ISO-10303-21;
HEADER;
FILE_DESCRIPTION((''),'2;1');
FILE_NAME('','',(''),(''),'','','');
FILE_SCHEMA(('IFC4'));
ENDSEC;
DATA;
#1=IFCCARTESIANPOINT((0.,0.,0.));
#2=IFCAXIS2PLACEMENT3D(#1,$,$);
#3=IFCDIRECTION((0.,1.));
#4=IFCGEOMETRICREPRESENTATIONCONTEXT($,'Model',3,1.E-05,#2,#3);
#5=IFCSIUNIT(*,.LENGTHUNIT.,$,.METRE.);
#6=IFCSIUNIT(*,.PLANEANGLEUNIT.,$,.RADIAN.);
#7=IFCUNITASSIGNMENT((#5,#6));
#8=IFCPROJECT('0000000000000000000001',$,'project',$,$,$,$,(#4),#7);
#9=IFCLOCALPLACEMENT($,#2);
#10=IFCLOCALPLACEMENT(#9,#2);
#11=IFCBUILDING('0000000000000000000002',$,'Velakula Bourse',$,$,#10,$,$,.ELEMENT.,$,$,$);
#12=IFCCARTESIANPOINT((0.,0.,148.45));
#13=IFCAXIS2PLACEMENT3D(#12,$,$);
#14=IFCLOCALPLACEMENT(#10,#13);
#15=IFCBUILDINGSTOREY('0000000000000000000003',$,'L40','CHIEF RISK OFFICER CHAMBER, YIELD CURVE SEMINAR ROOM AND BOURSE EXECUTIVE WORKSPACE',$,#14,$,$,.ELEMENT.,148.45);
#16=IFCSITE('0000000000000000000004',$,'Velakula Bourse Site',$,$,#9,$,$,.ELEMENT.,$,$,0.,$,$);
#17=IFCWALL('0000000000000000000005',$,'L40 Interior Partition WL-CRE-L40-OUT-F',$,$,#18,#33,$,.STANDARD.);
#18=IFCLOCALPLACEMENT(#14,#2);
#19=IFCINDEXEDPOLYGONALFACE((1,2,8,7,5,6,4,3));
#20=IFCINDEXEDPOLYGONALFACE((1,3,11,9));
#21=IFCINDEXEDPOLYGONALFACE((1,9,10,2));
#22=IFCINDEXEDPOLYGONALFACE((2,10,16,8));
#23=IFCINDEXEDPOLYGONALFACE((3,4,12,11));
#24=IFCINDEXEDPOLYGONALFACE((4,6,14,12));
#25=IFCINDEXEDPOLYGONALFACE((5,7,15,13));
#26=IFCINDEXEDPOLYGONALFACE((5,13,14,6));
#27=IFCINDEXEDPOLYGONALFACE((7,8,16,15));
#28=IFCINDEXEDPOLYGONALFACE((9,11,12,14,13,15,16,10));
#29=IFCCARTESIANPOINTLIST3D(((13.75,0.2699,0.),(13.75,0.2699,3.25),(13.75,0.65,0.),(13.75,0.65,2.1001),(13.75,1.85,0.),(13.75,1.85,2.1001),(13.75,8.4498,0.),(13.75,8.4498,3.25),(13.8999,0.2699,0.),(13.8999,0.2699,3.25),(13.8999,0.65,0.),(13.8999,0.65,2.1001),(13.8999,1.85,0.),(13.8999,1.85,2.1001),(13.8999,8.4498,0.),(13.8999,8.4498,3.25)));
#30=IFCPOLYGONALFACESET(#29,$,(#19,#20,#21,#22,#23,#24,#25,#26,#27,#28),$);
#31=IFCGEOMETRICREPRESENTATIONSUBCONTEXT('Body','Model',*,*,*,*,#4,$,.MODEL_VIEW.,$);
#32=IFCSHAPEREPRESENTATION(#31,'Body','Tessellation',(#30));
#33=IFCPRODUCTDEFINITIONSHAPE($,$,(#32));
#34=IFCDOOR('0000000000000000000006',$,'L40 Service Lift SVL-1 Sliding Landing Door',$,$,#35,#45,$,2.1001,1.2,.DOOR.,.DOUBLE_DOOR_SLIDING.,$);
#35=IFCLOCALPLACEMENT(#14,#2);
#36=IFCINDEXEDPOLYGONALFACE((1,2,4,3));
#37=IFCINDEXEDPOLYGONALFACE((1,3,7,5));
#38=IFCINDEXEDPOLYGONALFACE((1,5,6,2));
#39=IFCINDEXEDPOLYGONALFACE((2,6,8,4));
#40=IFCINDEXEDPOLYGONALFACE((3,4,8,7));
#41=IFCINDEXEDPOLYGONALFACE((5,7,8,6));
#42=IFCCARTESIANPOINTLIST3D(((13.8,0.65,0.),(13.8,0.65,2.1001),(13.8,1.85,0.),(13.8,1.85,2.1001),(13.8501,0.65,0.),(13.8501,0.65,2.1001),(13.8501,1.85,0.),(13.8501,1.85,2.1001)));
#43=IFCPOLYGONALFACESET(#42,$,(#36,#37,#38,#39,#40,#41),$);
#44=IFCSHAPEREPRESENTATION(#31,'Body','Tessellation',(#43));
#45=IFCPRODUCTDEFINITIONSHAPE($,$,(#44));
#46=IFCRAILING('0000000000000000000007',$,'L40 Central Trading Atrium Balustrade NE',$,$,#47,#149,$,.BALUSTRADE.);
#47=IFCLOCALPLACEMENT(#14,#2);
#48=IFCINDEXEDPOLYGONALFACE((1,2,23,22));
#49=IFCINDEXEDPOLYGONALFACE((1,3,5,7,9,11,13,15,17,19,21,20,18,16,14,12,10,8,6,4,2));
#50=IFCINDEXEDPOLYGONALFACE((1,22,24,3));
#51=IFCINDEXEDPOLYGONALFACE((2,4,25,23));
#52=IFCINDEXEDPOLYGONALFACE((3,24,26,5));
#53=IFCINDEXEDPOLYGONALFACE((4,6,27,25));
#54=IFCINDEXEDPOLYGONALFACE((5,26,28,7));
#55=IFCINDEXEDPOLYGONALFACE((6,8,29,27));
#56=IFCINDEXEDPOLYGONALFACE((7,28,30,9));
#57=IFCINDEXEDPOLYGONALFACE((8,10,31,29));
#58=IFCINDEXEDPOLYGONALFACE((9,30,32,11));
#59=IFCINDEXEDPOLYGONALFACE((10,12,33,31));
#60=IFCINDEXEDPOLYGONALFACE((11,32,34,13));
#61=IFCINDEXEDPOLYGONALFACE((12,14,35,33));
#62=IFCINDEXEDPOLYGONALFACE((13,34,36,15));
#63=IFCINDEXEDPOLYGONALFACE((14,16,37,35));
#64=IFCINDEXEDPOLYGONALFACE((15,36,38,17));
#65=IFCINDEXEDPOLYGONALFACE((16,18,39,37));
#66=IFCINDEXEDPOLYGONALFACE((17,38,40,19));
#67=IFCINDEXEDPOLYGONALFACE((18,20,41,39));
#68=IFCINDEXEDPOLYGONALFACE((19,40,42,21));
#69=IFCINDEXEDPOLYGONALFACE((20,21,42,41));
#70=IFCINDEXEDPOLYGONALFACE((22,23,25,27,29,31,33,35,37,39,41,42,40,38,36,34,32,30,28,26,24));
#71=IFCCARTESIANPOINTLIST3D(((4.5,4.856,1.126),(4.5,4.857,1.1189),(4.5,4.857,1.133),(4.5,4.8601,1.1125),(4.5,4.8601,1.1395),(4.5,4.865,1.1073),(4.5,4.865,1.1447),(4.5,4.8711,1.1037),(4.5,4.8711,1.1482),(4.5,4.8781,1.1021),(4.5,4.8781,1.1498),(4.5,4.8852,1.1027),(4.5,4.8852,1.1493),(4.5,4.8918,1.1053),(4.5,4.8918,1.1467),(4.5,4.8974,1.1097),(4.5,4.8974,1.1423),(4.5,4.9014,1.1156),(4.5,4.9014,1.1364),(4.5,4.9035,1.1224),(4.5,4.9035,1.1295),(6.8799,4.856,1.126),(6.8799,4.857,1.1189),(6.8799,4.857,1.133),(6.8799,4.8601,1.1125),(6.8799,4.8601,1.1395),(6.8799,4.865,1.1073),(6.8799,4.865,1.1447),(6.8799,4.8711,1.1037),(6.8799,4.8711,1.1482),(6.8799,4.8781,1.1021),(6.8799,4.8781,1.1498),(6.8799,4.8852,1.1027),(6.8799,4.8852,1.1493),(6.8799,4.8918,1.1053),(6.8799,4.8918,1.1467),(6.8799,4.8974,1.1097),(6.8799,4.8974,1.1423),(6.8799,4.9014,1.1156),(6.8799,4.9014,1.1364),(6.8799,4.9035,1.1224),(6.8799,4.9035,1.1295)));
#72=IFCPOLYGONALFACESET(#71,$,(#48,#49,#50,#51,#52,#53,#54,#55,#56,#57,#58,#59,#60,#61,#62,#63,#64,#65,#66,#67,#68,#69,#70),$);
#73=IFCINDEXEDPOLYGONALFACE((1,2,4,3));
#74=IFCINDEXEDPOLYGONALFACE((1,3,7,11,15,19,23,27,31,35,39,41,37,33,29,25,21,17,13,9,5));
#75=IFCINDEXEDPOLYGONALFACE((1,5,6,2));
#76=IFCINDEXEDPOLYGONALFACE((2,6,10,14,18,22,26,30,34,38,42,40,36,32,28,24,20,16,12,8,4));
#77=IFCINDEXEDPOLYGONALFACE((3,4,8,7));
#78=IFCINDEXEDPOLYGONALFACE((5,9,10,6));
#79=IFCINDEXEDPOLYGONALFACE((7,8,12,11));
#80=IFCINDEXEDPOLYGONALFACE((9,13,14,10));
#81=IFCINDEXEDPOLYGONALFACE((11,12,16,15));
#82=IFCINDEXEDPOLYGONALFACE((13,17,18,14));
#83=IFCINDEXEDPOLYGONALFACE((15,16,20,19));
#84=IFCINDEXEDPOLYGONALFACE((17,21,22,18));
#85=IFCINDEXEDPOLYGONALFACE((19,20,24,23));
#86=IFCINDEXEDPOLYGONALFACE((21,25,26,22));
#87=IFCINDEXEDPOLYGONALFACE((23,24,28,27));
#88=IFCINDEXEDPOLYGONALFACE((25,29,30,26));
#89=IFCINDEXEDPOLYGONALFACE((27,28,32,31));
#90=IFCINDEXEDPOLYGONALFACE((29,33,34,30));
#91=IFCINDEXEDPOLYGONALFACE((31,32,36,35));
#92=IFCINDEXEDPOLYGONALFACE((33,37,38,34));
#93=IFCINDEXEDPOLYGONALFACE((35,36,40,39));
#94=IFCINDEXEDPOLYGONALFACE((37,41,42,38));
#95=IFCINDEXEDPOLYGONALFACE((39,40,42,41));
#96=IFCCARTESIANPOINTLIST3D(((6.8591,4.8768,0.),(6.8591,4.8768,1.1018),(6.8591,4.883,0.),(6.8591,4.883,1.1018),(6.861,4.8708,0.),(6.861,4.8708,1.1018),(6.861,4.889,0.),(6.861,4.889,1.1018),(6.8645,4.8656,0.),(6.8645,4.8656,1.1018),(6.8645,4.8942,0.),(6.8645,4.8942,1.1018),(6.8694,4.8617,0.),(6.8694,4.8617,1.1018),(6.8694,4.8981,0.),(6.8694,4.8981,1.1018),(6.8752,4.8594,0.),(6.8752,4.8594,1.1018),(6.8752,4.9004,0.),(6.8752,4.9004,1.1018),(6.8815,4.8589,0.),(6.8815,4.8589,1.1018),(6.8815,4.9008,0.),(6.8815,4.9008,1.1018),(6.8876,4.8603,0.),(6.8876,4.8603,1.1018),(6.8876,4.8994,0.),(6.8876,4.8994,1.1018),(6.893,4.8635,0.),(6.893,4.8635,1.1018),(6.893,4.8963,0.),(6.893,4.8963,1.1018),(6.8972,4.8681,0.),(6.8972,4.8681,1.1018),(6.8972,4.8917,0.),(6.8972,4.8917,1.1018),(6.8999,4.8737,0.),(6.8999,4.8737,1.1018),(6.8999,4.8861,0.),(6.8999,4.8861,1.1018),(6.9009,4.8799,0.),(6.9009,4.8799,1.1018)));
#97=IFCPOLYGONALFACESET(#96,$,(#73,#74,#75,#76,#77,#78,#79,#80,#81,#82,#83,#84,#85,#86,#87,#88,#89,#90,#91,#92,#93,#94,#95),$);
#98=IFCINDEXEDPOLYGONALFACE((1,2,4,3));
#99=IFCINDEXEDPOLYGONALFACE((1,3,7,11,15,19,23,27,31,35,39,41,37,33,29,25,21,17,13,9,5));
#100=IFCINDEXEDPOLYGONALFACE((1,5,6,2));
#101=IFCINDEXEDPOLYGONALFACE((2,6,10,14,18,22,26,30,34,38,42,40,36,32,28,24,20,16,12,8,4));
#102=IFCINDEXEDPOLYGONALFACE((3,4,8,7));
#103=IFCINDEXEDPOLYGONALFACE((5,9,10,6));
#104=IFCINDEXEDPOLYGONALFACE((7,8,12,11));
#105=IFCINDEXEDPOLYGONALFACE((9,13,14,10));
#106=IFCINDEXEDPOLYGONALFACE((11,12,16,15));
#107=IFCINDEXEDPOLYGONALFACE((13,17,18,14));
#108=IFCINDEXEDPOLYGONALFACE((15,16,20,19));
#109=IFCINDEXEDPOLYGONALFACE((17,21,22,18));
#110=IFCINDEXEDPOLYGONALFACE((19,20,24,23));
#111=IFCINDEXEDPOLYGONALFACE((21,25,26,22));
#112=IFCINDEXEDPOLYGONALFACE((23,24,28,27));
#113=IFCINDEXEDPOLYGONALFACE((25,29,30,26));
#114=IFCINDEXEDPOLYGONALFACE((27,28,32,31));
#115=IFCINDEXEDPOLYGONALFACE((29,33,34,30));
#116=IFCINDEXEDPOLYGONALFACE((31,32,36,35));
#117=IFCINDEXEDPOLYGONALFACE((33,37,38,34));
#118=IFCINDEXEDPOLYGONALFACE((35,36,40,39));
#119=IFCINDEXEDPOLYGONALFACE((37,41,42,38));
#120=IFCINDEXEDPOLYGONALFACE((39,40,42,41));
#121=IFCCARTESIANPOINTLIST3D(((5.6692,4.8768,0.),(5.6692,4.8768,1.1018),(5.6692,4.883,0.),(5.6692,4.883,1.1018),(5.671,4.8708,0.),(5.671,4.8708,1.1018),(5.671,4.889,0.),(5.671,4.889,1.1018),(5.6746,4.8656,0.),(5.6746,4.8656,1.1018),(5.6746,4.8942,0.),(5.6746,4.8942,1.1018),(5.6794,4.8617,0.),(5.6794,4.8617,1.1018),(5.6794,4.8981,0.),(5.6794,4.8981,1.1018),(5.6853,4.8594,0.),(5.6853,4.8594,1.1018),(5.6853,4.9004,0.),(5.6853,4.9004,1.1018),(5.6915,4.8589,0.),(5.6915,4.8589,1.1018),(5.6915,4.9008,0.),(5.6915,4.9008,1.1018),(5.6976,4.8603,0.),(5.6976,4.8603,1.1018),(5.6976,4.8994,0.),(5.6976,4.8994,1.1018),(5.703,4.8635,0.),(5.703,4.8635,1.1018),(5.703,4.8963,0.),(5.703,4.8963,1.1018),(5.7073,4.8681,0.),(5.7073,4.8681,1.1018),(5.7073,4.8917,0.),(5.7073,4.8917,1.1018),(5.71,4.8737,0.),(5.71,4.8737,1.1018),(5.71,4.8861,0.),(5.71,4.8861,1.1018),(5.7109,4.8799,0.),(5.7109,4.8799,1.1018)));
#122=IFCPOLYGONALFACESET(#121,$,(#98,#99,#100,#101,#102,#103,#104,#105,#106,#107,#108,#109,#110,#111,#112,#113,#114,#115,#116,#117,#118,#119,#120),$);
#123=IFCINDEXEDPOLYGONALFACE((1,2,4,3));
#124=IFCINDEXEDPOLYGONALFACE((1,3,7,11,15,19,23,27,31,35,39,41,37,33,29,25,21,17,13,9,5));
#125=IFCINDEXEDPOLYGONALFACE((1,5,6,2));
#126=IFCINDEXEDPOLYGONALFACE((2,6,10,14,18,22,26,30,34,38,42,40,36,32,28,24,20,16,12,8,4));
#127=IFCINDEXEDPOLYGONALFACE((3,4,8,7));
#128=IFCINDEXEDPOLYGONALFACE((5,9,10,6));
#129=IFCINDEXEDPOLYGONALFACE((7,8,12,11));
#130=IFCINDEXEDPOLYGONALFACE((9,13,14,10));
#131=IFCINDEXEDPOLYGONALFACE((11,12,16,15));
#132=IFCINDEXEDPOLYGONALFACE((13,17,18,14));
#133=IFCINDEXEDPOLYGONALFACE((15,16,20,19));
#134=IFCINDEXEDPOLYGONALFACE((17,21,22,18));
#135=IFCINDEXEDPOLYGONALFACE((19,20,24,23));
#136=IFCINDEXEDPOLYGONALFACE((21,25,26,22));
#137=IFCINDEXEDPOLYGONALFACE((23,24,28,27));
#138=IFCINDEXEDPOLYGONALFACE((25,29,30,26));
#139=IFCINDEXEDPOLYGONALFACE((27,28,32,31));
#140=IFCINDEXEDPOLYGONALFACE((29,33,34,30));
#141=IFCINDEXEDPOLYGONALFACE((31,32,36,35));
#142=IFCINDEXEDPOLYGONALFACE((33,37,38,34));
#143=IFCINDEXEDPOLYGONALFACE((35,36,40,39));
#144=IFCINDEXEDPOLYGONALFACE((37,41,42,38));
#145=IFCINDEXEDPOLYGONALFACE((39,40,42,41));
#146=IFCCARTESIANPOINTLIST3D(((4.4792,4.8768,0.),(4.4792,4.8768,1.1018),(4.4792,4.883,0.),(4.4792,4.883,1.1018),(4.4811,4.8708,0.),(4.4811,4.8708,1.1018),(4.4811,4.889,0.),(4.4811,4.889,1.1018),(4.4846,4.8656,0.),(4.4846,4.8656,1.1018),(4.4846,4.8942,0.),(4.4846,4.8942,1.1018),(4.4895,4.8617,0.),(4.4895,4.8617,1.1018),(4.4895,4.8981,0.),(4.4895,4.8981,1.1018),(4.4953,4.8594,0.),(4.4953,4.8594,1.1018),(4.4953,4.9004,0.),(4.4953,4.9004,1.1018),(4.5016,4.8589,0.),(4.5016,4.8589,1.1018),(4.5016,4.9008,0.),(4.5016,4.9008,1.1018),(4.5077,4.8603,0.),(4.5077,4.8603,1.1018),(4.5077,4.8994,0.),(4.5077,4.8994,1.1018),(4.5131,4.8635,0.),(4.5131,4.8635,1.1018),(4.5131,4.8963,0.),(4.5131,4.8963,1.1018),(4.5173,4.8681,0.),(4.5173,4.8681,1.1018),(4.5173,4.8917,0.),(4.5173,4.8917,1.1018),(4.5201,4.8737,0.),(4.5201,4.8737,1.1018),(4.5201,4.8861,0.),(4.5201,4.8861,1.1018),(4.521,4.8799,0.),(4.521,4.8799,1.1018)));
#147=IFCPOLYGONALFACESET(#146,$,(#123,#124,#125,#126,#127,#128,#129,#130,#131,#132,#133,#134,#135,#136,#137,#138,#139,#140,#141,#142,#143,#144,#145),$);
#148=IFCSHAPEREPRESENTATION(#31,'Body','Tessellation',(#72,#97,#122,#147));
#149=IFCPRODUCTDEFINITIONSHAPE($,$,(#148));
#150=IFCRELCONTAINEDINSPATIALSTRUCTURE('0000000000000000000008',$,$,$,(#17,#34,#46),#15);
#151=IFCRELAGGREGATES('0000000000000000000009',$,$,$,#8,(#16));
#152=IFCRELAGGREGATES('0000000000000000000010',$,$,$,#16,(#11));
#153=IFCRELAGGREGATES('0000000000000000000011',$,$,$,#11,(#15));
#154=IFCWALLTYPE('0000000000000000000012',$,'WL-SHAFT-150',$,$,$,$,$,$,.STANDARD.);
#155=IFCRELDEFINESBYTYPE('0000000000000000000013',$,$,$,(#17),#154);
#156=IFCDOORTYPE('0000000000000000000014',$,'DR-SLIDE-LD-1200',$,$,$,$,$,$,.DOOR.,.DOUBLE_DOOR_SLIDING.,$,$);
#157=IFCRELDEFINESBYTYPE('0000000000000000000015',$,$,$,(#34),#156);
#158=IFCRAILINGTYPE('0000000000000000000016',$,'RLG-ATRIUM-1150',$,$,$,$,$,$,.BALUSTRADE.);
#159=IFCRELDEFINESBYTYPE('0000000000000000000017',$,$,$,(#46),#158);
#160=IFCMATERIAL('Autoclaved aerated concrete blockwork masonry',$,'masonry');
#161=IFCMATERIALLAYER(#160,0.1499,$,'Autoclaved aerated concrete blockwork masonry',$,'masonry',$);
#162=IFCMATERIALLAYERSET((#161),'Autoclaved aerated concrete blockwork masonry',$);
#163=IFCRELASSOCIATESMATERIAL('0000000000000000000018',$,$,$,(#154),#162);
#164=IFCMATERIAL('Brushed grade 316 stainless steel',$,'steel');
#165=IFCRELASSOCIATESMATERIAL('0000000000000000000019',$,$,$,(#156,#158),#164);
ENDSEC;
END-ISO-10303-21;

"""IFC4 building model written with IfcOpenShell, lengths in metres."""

from ifc_helpers import new_model, si_unit, direction, frame, frame_2d, origin, origin_2d, place, context, subcontext, project, spatial, rectangle, circle, extrude, material, layer, layer_set, type_object, element, fill, save


model = new_model("IFC4")

# Units and contexts
model_context = context("Model", 3, precision=1e-05, world=origin(), true_north=direction((0.0, 1.0)))
body_context = subcontext(model_context, "Body", "Model", "MODEL_VIEW")
ifc_project = project(units=[si_unit("LENGTHUNIT", "METRE"), si_unit("PLANEANGLEUNIT", "RADIAN")], contexts=[model_context])

# Site, building, storey
site_placement = place(None, origin())
site = spatial("IfcSite", under=ifc_project, at=site_placement, Name="Velakula Bourse Site", CompositionType="ELEMENT", RefElevation=0.0)
building_placement = place(site_placement, origin())
building = spatial("IfcBuilding", under=site, at=building_placement, Name="Velakula Bourse", CompositionType="ELEMENT")
storey_placement = place(building_placement, frame((0.0, 0.0, 148.45)))
storey = spatial("IfcBuildingStorey", under=building, at=storey_placement, Name="L40", Description="CHIEF RISK OFFICER CHAMBER, YIELD CURVE SEMINAR ROOM AND BOURSE EXECUTIVE WORKSPACE", CompositionType="ELEMENT", Elevation=148.45)

# Shared definitions
ifc_material_1 = material(Name="Autoclaved aerated concrete blockwork masonry", Category="masonry")
ifc_layer_1 = layer(ifc_material_1, 0.1499, Name="Autoclaved aerated concrete blockwork masonry", Category="masonry")
ifc_layer_set_1 = layer_set([ifc_layer_1], Name="Autoclaved aerated concrete blockwork masonry")
wall_type_1 = type_object("IfcWallType", Name="WL-SHAFT-150", PredefinedType="STANDARD", material=ifc_layer_set_1)
ifc_material_2 = material(Name="Brushed grade 316 stainless steel", Category="steel")

# Wall, opening, door
wall_1_placement = place(storey_placement, frame((13.825, 0.27, 0.0), z_axis=(0.0, 0.0, 1.0), x_axis=(0.0, 1.0, 0.0)))
wall_1 = element("IfcWall", 1, at=wall_1_placement, inside=storey, type_object=wall_type_1, Name="L40 Interior Partition WL-CRE-L40-OUT-F", PredefinedType="STANDARD", context=body_context, shape_type="SweptSolid", body=[
    extrude(rectangle(XDim=8.1799, YDim=0.1499, at=frame_2d((4.0898, 0.0))), origin(), (0.0, 0.0, 1.0), 3.25),
])
opening_1_placement = place(wall_1_placement, frame((0.3799, 0.0, 0.0)))
opening_1 = element("IfcOpeningElement", 2, at=opening_1_placement, cuts=wall_1, PredefinedType="OPENING", context=body_context, shape_type="SweptSolid", body=[
    extrude(rectangle(XDim=1.2, YDim=2.1001, at=frame_2d((0.6001, 1.05))), frame((0.0, 0.085, 0.0), z_axis=(0.0, -1.0, 0.0), x_axis=(1.0, 0.0, 0.0)), (0.0, 0.0, 1.0), 0.1699),
])
door_type_1 = type_object("IfcDoorType", Name="DR-SLIDE-LD-1200", OperationType="DOUBLE_DOOR_SLIDING", PredefinedType="DOOR", material=ifc_material_2)
door_1_placement = place(opening_1_placement, origin())
door_1 = element("IfcDoor", 3, at=door_1_placement, inside=storey, type_object=door_type_1, Name="L40 Service Lift SVL-1 Sliding Landing Door", OperationType="DOUBLE_DOOR_SLIDING", OverallHeight=2.1001, OverallWidth=1.2, PredefinedType="DOOR", context=body_context, shape_type="SweptSolid", body=[
    extrude(rectangle(XDim=1.2, YDim=2.1001, at=frame_2d((0.6001, 1.05))), frame((0.0, 0.0249, 0.0), z_axis=(0.0, -1.0, 0.0), x_axis=(1.0, 0.0, 0.0)), (0.0, 0.0, 1.0), 0.05),
])
fill(opening_1, door_1)

# Railing
railing_type = type_object("IfcRailingType", Name="RLG-ATRIUM-1150", PredefinedType="BALUSTRADE", material=ifc_material_2)
railing_placement = place(storey_placement, frame((6.8799, 4.8799, 0.0)))
element("IfcRailing", 4, at=railing_placement, inside=storey, type_object=railing_type, Name="L40 Central Trading Atrium Balustrade NE", PredefinedType="BALUSTRADE", context=body_context, shape_type="SweptSolid", body=[
    extrude(circle(Radius=0.0239, at=origin_2d()), frame((0.0, 0.0, 1.126), z_axis=(-1.0, 0.0, 0.0), x_axis=(0.0, -1.0, 0.0)), (0.0, 0.0, 1.0), 2.3799),
    extrude(circle(Radius=0.021, at=origin_2d()), origin(), (0.0, 0.0, 1.0), 1.1018),
    extrude(circle(Radius=0.021, at=origin_2d()), frame((-1.1899, 0.0, 0.0)), (0.0, 0.0, 1.0), 1.1018),
    extrude(circle(Radius=0.021, at=origin_2d()), frame((-2.3799, 0.0, 0.0)), (0.0, 0.0, 1.0), 1.1018),
])

save(model, "model.ifc")
